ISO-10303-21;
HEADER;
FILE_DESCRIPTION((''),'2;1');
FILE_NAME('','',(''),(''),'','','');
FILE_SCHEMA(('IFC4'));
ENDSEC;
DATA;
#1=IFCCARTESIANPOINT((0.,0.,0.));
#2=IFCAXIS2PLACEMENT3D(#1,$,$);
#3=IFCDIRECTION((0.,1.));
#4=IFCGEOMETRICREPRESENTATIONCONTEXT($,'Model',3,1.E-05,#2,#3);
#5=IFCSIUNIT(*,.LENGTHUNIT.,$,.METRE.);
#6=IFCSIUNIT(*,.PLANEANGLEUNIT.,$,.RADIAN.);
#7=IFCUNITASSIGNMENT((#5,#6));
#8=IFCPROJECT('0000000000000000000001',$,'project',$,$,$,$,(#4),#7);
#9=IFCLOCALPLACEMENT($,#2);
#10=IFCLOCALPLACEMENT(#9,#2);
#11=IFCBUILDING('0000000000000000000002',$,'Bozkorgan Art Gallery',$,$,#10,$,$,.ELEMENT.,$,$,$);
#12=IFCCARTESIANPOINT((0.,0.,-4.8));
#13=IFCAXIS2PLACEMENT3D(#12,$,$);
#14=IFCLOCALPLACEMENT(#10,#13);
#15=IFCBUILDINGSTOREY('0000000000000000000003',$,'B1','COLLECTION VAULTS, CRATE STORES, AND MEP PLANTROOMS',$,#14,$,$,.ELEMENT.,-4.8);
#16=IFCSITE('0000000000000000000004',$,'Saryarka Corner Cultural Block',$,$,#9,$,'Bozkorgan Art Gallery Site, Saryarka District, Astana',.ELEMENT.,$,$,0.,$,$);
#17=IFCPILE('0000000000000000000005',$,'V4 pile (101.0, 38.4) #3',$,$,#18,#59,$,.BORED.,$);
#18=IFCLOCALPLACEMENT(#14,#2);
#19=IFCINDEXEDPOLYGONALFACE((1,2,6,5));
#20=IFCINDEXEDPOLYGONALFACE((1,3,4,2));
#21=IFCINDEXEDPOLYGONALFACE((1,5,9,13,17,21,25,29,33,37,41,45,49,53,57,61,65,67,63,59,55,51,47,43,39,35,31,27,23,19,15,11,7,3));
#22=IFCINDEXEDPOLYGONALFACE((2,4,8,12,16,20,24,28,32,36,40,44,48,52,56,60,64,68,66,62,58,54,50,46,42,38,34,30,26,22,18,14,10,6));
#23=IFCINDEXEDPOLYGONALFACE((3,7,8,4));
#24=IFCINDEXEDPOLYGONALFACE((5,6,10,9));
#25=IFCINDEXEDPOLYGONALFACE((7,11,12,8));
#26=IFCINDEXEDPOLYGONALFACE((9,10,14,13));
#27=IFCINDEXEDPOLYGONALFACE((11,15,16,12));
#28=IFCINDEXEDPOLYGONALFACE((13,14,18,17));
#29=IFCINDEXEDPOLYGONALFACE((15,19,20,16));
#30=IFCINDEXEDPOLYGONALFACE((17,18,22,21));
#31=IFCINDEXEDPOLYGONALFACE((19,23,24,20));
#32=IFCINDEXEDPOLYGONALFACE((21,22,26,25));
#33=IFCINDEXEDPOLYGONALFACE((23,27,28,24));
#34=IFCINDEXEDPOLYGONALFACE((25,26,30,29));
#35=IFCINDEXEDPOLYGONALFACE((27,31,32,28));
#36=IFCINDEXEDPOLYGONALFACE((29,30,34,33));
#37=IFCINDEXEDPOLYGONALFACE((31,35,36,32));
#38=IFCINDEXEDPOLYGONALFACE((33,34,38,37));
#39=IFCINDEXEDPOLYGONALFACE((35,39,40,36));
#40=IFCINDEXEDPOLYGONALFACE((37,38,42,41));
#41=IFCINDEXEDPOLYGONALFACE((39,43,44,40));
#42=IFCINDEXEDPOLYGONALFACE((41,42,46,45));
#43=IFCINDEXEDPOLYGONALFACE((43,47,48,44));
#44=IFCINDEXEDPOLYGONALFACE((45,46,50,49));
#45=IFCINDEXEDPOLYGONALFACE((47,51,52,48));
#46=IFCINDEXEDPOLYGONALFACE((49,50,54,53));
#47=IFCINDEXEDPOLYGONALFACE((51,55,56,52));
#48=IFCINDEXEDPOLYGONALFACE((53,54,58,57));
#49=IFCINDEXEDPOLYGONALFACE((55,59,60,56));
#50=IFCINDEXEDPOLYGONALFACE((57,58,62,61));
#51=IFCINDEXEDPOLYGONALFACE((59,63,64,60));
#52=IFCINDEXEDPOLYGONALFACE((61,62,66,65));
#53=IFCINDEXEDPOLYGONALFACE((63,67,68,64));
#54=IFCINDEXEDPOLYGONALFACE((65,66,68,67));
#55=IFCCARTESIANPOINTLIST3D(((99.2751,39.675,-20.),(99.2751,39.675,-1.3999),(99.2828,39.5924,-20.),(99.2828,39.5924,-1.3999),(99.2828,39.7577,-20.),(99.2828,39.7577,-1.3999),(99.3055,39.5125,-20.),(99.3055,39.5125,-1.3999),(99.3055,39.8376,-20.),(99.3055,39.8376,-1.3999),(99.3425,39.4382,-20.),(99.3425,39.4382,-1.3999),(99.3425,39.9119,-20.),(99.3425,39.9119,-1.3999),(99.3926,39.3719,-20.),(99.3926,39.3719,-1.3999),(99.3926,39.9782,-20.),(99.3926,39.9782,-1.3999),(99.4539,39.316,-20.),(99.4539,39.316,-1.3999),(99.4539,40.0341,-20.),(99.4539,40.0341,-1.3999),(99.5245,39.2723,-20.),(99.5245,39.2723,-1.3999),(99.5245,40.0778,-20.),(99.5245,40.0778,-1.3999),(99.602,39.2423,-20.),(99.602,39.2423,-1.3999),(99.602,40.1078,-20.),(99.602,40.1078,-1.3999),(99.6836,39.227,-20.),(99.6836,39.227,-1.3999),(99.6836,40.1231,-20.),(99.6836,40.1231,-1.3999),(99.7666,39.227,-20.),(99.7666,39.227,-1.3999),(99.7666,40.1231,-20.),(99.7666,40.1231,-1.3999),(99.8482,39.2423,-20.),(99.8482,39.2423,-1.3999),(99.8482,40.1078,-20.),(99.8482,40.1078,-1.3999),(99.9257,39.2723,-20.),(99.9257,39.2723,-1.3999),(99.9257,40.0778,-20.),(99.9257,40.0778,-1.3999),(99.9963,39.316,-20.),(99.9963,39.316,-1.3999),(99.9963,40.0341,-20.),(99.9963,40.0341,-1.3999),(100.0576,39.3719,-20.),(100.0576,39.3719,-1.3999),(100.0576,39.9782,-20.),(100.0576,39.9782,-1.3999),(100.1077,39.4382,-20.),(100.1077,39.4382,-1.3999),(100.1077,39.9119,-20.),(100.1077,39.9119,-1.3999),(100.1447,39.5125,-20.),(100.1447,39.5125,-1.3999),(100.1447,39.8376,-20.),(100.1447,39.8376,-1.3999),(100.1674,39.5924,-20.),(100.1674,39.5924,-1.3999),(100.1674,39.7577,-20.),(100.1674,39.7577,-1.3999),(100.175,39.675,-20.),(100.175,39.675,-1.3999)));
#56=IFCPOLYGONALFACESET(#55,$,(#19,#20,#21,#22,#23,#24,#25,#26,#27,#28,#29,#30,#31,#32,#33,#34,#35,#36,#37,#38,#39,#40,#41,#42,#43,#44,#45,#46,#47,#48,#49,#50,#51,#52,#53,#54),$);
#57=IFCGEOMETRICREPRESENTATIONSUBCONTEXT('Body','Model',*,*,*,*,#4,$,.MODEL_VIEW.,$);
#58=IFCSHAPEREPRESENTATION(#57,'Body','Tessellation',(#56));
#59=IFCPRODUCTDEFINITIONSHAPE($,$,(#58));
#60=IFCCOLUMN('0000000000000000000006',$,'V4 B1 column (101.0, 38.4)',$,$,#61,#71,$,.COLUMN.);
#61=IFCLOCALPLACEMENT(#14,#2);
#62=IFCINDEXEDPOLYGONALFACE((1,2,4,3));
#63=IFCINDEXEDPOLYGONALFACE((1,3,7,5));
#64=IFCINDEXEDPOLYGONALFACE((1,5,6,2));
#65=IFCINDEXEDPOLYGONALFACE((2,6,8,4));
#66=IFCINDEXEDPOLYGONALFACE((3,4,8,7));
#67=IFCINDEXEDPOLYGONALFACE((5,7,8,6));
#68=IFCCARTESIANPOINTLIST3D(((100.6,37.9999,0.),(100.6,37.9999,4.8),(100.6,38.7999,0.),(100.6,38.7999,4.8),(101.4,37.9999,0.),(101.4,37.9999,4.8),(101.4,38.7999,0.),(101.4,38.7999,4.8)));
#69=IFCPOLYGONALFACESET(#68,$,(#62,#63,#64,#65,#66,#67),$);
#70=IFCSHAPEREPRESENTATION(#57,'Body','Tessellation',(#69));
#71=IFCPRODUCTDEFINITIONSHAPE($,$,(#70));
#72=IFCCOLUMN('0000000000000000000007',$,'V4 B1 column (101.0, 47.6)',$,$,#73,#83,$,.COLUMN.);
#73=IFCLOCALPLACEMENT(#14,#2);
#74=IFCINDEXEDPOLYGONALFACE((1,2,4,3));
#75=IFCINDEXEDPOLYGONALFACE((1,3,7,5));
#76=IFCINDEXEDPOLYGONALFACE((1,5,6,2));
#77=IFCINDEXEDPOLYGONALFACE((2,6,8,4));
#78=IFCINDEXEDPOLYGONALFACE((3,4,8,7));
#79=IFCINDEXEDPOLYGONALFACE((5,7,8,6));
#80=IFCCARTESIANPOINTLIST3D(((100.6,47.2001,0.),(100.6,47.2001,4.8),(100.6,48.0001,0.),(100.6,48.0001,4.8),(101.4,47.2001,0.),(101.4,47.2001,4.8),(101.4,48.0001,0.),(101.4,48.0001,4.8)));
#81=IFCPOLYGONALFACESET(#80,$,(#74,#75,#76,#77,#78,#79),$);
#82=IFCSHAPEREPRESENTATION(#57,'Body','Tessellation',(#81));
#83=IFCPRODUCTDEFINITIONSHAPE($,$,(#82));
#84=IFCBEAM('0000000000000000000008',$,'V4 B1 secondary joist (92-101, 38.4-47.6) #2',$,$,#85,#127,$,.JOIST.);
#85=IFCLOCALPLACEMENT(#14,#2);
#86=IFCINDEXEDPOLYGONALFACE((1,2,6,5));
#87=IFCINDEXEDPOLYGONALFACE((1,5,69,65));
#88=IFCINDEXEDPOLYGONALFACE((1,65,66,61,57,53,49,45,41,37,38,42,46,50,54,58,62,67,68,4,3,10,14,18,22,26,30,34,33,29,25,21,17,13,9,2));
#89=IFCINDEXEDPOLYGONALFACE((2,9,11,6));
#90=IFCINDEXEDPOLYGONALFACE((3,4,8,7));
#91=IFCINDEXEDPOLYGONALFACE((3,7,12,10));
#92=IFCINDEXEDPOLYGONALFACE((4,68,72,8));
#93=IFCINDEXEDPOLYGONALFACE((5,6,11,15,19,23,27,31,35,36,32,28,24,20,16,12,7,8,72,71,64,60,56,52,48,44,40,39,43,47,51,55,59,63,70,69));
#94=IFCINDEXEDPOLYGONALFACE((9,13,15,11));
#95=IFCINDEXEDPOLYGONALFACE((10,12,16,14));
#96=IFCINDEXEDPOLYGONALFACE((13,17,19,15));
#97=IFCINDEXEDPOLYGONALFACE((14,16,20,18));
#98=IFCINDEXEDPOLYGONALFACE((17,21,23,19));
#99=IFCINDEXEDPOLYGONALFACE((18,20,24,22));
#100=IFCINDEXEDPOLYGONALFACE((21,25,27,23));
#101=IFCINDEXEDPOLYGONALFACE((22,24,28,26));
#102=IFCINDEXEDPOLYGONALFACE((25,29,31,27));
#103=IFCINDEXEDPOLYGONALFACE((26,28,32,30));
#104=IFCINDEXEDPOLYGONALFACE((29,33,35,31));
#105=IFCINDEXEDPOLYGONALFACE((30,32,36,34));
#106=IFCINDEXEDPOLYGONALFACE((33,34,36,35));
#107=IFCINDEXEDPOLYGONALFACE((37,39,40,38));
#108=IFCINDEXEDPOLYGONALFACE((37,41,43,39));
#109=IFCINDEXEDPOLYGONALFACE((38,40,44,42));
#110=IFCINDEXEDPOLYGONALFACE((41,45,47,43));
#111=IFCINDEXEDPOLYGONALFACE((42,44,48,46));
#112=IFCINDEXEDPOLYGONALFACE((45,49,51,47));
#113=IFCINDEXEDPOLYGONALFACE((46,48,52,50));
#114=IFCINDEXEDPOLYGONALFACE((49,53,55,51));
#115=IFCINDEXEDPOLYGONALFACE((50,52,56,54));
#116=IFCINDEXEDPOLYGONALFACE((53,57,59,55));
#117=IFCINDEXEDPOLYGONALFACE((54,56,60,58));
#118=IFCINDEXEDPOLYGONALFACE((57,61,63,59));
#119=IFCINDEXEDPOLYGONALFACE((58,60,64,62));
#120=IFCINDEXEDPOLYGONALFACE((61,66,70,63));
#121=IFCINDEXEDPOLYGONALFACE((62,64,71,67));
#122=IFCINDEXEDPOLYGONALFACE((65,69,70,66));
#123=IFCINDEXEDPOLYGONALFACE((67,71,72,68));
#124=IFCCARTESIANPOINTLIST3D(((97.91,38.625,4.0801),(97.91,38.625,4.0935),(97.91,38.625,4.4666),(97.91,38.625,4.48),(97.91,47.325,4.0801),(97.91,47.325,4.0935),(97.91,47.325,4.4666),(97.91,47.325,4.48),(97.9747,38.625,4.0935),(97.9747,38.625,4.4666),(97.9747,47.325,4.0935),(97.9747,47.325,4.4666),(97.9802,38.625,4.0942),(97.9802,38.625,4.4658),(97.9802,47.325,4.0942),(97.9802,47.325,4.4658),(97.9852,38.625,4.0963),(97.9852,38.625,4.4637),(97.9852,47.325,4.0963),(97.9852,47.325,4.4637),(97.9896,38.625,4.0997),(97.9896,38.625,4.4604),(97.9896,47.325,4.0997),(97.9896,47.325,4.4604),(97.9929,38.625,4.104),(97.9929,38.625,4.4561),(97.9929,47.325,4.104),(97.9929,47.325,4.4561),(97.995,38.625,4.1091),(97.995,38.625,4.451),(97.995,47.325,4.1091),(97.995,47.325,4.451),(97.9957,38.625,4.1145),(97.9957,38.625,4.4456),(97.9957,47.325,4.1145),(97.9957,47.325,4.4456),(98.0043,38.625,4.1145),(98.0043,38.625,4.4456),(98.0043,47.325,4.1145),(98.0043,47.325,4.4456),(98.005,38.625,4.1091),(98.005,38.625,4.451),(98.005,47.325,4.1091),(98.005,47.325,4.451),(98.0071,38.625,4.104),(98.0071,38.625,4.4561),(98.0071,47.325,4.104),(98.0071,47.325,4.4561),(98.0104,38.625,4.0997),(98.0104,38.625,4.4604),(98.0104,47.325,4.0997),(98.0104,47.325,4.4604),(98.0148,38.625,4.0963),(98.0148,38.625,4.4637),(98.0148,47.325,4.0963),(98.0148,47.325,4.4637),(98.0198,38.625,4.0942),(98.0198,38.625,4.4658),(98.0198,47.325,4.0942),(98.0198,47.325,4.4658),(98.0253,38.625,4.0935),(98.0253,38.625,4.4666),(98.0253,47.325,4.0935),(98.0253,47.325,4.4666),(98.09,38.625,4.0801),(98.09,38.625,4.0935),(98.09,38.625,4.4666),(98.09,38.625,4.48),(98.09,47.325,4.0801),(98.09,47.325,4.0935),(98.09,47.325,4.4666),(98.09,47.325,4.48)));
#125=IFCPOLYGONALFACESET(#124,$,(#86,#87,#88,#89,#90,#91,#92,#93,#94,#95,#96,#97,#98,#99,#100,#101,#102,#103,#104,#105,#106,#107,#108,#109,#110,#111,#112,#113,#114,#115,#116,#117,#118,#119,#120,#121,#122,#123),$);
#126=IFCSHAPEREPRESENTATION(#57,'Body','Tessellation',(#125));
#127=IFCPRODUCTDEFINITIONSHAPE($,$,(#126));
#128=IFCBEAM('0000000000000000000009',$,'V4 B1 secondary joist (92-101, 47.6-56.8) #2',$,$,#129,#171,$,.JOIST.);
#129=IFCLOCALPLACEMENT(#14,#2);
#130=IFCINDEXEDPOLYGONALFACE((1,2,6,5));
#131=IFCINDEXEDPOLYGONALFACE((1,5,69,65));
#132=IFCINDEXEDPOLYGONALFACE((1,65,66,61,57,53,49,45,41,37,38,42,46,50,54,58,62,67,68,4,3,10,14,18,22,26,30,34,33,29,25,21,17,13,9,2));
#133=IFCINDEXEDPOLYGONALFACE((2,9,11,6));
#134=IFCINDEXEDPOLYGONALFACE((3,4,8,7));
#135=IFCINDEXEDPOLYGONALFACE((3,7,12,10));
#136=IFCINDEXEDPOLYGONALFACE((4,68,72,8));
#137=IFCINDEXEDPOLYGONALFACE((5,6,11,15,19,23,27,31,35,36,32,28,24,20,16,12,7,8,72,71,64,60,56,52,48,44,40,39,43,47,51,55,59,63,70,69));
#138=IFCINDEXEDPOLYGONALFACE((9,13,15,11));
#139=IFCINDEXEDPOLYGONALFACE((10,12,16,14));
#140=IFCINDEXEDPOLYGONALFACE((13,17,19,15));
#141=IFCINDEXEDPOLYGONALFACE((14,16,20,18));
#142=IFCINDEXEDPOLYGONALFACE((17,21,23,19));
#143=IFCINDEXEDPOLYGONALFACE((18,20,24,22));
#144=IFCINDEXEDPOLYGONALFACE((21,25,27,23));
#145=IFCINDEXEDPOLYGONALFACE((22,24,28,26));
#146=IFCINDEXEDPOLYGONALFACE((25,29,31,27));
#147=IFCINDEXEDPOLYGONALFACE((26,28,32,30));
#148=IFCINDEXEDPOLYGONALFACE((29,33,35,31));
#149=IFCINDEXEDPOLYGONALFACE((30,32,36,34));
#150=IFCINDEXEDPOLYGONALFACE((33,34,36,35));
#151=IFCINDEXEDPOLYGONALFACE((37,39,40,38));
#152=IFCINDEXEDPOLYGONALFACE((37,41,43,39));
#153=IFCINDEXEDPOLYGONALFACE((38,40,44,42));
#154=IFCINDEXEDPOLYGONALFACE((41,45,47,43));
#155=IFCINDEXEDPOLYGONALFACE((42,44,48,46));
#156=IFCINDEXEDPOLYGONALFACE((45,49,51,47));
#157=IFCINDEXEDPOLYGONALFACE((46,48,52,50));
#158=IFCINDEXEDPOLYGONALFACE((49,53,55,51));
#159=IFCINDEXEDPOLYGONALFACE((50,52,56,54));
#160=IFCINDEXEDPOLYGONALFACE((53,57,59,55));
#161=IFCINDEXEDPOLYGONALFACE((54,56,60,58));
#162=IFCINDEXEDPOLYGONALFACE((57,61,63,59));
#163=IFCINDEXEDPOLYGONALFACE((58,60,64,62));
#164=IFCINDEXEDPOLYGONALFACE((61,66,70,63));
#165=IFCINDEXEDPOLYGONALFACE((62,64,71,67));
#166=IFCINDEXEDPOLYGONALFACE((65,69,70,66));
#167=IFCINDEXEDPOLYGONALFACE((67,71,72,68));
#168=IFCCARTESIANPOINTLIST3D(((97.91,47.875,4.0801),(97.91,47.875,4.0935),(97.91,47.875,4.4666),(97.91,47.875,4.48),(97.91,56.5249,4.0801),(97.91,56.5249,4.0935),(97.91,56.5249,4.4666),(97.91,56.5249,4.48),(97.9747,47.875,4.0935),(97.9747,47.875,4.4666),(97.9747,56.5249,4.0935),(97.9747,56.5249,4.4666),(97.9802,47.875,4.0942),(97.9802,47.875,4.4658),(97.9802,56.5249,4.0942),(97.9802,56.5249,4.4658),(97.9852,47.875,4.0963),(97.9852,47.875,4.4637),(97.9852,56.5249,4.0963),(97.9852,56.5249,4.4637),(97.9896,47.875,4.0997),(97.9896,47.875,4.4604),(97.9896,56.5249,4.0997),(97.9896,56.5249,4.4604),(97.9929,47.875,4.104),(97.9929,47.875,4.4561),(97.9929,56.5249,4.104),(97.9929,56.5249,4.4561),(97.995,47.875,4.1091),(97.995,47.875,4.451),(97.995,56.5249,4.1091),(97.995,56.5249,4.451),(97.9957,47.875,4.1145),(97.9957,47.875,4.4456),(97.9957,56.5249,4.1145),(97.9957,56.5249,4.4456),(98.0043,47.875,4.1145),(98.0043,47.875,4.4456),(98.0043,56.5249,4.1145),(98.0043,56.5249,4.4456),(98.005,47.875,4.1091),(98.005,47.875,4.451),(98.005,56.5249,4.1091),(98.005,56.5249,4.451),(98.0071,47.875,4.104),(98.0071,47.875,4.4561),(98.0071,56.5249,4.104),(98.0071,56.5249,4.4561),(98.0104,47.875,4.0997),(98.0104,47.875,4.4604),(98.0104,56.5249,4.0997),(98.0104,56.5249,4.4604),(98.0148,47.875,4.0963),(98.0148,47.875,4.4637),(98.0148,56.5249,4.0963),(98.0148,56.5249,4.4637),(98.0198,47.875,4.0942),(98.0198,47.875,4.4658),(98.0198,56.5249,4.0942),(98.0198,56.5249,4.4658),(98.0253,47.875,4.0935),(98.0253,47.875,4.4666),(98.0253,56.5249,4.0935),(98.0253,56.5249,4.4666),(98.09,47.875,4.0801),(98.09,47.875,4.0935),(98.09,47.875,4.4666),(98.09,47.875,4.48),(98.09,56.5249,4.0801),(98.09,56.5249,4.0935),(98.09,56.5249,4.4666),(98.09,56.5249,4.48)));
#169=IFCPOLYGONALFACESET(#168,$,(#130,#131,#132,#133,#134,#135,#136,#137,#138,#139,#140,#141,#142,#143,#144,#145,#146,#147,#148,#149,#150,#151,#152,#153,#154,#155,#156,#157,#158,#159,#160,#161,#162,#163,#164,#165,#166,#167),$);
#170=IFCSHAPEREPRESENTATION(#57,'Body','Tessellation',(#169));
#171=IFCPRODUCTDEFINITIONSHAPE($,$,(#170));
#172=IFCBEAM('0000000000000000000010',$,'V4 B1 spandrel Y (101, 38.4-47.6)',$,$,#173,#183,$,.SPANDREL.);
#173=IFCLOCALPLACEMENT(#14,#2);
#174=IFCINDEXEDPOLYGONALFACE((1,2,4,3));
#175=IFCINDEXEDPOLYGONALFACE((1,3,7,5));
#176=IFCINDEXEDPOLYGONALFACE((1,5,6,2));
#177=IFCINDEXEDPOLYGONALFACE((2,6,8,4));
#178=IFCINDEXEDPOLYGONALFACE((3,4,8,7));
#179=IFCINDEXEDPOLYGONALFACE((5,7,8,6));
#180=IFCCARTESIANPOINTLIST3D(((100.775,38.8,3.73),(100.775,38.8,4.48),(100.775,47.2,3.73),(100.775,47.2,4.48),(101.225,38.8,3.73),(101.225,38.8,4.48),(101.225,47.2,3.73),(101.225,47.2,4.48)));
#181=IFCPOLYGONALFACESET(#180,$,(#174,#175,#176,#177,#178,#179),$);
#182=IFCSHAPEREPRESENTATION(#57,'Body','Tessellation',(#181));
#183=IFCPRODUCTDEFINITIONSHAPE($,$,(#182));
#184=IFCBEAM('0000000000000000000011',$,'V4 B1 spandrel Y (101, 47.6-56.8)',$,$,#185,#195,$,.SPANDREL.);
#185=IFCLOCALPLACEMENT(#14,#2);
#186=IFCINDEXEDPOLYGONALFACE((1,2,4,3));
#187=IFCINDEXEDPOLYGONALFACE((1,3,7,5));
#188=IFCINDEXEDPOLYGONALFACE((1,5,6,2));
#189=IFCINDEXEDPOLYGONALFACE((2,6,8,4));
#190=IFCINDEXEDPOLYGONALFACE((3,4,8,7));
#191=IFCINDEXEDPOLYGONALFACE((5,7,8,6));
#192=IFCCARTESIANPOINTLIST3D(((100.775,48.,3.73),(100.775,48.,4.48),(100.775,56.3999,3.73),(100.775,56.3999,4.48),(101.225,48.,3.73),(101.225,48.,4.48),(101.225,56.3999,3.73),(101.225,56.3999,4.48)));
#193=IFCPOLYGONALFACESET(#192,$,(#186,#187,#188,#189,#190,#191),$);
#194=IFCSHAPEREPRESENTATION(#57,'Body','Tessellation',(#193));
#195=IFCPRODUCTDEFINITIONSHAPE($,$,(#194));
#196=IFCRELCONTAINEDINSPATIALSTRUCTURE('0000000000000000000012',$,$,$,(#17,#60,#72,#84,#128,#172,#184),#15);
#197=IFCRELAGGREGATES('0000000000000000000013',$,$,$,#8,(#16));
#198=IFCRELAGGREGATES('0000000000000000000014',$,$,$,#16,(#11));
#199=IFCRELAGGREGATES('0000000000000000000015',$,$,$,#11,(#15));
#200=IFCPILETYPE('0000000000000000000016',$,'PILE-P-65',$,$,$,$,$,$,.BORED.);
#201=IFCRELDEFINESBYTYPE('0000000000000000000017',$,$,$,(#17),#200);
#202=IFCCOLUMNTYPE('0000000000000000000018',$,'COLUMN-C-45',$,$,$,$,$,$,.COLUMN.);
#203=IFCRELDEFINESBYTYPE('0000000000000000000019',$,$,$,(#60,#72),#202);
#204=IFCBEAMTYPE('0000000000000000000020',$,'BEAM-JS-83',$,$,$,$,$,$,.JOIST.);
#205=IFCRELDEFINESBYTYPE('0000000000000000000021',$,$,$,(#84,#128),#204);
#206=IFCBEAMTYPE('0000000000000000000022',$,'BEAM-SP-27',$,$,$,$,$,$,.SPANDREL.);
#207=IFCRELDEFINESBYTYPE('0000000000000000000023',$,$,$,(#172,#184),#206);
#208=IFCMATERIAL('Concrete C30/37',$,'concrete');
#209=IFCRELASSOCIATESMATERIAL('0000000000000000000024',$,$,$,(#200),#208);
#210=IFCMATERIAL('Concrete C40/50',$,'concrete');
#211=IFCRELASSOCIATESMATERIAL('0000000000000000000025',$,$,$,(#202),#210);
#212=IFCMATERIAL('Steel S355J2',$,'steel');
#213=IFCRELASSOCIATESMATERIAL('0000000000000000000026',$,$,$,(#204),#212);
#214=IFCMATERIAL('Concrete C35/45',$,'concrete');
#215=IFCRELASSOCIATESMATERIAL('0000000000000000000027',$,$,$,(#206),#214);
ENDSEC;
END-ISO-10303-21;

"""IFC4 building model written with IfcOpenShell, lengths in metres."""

from ifc_helpers import new_model, si_unit, direction, frame, origin, origin_2d, place, context, subcontext, project, spatial, rectangle, circle, i_section, extrude, material, material_profile, profile_set, type_object, element, save


model = new_model("IFC4")

# Units and contexts
model_context = context("Model", 3, precision=1e-05, world=origin(), true_north=direction((0.0, 1.0)))
body_context = subcontext(model_context, "Body", "Model", "MODEL_VIEW")
ifc_project = project(units=[si_unit("LENGTHUNIT", "METRE"), si_unit("PLANEANGLEUNIT", "RADIAN")], contexts=[model_context])

# Site, building, storey
site_placement = place(None, origin())
site = spatial("IfcSite", under=ifc_project, at=site_placement, Name="Saryarka Corner Cultural Block", LongName="Bozkorgan Art Gallery Site, Saryarka District, Astana", CompositionType="ELEMENT", RefElevation=0.0)
building_placement = place(site_placement, origin())
building = spatial("IfcBuilding", under=site, at=building_placement, Name="Bozkorgan Art Gallery", CompositionType="ELEMENT")
storey_placement = place(building_placement, frame((0.0, 0.0, -4.8)))
storey = spatial("IfcBuildingStorey", under=building, at=storey_placement, Name="B1", Description="COLLECTION VAULTS, CRATE STORES, AND MEP PLANTROOMS", CompositionType="ELEMENT", Elevation=-4.8)

# Shared definitions
ifc_material_1 = material(Name="Concrete C30/37", Category="concrete")

# Pile
ifc_material_profile_1 = material_profile(ifc_material_1, circle(Radius=0.45, at=origin_2d()), Name="PILE D900")
ifc_profile_set_1 = profile_set([ifc_material_profile_1], Name="Concrete C30/37")
pile_type_1 = type_object("IfcPileType", Name="PILE-P-65", PredefinedType="BORED", material=ifc_profile_set_1)
for number, where, z_axis, x_axis, name in (
    (1, (99.7251, 39.675, -1.3999), (0.0, 0.0, -1.0), (1.0, 0.0, 0.0), "V4 pile (101.0, 38.4) #3"),
):
    element("IfcPile", number, at=place(storey_placement, frame(where, z_axis=z_axis, x_axis=x_axis)), inside=storey, type_object=pile_type_1, Name=name, PredefinedType="BORED", context=body_context, shape_type="SweptSolid", body=[
        extrude(circle(Radius=0.45, at=origin_2d()), origin(), (0.0, 0.0, 1.0), 18.6001),
    ])

# Columns
ifc_material_2 = material(Name="Concrete C40/50", Category="concrete")
ifc_material_profile_2 = material_profile(ifc_material_2, rectangle(XDim=0.8, YDim=0.8, at=origin_2d()), Name="RC 800x800")
ifc_profile_set_2 = profile_set([ifc_material_profile_2], Name="Concrete C40/50")
column_type = type_object("IfcColumnType", Name="COLUMN-C-45", PredefinedType="COLUMN", material=ifc_profile_set_2)
for number, where, z_axis, x_axis, name in (
    (2, (101.0, 38.3999, 0.0), (0.0, 0.0, 1.0), (1.0, 0.0, 0.0), "V4 B1 column (101.0, 38.4)"),
    (3, (101.0, 47.6001, 0.0), (0.0, 0.0, 1.0), (1.0, 0.0, 0.0), "V4 B1 column (101.0, 47.6)"),
):
    element("IfcColumn", number, at=place(storey_placement, frame(where, z_axis=z_axis, x_axis=x_axis)), inside=storey, type_object=column_type, Name=name, PredefinedType="COLUMN", context=body_context, shape_type="SweptSolid", body=[
        extrude(rectangle(XDim=0.8, YDim=0.8, at=origin_2d()), origin(), (0.0, 0.0, 1.0), 4.8),
    ])

# Beams
ifc_material_3 = material(Name="Steel S355J2", Category="steel")
ifc_material_profile_3 = material_profile(ifc_material_3, i_section(OverallWidth=0.1799, OverallDepth=0.3999, WebThickness=0.0085, FlangeThickness=0.0134, FilletRadius=0.021, at=origin_2d()), Name="IPE 400")
ifc_profile_set_3 = profile_set([ifc_material_profile_3], Name="Steel S355J2")
beam_type_1 = type_object("IfcBeamType", Name="BEAM-JS-83", PredefinedType="JOIST", material=ifc_profile_set_3)
beam_1_placement = place(storey_placement, frame((98.0, 38.625, 4.28), z_axis=(0.0, 1.0, 0.0), x_axis=(-1.0, 0.0, 0.0)))
element("IfcBeam", 4, at=beam_1_placement, inside=storey, type_object=beam_type_1, Name="V4 B1 secondary joist (92-101, 38.4-47.6) #2", PredefinedType="JOIST", context=body_context, shape_type="SweptSolid", body=[
    extrude(i_section(OverallWidth=0.1799, OverallDepth=0.3999, WebThickness=0.0085, FlangeThickness=0.0134, FilletRadius=0.021, at=origin_2d()), origin(), (0.0, 0.0, 1.0), 8.7),
])
beam_2_placement = place(storey_placement, frame((98.0, 47.875, 4.28), z_axis=(0.0, 1.0, 0.0), x_axis=(-1.0, 0.0, 0.0)))
element("IfcBeam", 5, at=beam_2_placement, inside=storey, type_object=beam_type_1, Name="V4 B1 secondary joist (92-101, 47.6-56.8) #2", PredefinedType="JOIST", context=body_context, shape_type="SweptSolid", body=[
    extrude(i_section(OverallWidth=0.1799, OverallDepth=0.3999, WebThickness=0.0085, FlangeThickness=0.0134, FilletRadius=0.021, at=origin_2d()), origin(), (0.0, 0.0, 1.0), 8.6499),
])
ifc_material_4 = material(Name="Concrete C35/45", Category="concrete")
ifc_material_profile_4 = material_profile(ifc_material_4, rectangle(XDim=0.45, YDim=0.75, at=origin_2d()), Name="RC 450x750")
ifc_profile_set_4 = profile_set([ifc_material_profile_4], Name="Concrete C35/45")
beam_type_2 = type_object("IfcBeamType", Name="BEAM-SP-27", PredefinedType="SPANDREL", material=ifc_profile_set_4)
for number, where, z_axis, x_axis, name in (
    (6, (101.0, 38.8, 4.105), (0.0, 1.0, 0.0), (-1.0, 0.0, 0.0), "V4 B1 spandrel Y (101, 38.4-47.6)"),
    (7, (101.0, 48.0, 4.105), (0.0, 1.0, 0.0), (-1.0, 0.0, 0.0), "V4 B1 spandrel Y (101, 47.6-56.8)"),
):
    element("IfcBeam", number, at=place(storey_placement, frame(where, z_axis=z_axis, x_axis=x_axis)), inside=storey, type_object=beam_type_2, Name=name, PredefinedType="SPANDREL", context=body_context, shape_type="SweptSolid", body=[
        extrude(rectangle(XDim=0.45, YDim=0.75, at=origin_2d()), origin(), (0.0, 0.0, 1.0), 8.3999),
    ])

save(model, "model.ifc")
